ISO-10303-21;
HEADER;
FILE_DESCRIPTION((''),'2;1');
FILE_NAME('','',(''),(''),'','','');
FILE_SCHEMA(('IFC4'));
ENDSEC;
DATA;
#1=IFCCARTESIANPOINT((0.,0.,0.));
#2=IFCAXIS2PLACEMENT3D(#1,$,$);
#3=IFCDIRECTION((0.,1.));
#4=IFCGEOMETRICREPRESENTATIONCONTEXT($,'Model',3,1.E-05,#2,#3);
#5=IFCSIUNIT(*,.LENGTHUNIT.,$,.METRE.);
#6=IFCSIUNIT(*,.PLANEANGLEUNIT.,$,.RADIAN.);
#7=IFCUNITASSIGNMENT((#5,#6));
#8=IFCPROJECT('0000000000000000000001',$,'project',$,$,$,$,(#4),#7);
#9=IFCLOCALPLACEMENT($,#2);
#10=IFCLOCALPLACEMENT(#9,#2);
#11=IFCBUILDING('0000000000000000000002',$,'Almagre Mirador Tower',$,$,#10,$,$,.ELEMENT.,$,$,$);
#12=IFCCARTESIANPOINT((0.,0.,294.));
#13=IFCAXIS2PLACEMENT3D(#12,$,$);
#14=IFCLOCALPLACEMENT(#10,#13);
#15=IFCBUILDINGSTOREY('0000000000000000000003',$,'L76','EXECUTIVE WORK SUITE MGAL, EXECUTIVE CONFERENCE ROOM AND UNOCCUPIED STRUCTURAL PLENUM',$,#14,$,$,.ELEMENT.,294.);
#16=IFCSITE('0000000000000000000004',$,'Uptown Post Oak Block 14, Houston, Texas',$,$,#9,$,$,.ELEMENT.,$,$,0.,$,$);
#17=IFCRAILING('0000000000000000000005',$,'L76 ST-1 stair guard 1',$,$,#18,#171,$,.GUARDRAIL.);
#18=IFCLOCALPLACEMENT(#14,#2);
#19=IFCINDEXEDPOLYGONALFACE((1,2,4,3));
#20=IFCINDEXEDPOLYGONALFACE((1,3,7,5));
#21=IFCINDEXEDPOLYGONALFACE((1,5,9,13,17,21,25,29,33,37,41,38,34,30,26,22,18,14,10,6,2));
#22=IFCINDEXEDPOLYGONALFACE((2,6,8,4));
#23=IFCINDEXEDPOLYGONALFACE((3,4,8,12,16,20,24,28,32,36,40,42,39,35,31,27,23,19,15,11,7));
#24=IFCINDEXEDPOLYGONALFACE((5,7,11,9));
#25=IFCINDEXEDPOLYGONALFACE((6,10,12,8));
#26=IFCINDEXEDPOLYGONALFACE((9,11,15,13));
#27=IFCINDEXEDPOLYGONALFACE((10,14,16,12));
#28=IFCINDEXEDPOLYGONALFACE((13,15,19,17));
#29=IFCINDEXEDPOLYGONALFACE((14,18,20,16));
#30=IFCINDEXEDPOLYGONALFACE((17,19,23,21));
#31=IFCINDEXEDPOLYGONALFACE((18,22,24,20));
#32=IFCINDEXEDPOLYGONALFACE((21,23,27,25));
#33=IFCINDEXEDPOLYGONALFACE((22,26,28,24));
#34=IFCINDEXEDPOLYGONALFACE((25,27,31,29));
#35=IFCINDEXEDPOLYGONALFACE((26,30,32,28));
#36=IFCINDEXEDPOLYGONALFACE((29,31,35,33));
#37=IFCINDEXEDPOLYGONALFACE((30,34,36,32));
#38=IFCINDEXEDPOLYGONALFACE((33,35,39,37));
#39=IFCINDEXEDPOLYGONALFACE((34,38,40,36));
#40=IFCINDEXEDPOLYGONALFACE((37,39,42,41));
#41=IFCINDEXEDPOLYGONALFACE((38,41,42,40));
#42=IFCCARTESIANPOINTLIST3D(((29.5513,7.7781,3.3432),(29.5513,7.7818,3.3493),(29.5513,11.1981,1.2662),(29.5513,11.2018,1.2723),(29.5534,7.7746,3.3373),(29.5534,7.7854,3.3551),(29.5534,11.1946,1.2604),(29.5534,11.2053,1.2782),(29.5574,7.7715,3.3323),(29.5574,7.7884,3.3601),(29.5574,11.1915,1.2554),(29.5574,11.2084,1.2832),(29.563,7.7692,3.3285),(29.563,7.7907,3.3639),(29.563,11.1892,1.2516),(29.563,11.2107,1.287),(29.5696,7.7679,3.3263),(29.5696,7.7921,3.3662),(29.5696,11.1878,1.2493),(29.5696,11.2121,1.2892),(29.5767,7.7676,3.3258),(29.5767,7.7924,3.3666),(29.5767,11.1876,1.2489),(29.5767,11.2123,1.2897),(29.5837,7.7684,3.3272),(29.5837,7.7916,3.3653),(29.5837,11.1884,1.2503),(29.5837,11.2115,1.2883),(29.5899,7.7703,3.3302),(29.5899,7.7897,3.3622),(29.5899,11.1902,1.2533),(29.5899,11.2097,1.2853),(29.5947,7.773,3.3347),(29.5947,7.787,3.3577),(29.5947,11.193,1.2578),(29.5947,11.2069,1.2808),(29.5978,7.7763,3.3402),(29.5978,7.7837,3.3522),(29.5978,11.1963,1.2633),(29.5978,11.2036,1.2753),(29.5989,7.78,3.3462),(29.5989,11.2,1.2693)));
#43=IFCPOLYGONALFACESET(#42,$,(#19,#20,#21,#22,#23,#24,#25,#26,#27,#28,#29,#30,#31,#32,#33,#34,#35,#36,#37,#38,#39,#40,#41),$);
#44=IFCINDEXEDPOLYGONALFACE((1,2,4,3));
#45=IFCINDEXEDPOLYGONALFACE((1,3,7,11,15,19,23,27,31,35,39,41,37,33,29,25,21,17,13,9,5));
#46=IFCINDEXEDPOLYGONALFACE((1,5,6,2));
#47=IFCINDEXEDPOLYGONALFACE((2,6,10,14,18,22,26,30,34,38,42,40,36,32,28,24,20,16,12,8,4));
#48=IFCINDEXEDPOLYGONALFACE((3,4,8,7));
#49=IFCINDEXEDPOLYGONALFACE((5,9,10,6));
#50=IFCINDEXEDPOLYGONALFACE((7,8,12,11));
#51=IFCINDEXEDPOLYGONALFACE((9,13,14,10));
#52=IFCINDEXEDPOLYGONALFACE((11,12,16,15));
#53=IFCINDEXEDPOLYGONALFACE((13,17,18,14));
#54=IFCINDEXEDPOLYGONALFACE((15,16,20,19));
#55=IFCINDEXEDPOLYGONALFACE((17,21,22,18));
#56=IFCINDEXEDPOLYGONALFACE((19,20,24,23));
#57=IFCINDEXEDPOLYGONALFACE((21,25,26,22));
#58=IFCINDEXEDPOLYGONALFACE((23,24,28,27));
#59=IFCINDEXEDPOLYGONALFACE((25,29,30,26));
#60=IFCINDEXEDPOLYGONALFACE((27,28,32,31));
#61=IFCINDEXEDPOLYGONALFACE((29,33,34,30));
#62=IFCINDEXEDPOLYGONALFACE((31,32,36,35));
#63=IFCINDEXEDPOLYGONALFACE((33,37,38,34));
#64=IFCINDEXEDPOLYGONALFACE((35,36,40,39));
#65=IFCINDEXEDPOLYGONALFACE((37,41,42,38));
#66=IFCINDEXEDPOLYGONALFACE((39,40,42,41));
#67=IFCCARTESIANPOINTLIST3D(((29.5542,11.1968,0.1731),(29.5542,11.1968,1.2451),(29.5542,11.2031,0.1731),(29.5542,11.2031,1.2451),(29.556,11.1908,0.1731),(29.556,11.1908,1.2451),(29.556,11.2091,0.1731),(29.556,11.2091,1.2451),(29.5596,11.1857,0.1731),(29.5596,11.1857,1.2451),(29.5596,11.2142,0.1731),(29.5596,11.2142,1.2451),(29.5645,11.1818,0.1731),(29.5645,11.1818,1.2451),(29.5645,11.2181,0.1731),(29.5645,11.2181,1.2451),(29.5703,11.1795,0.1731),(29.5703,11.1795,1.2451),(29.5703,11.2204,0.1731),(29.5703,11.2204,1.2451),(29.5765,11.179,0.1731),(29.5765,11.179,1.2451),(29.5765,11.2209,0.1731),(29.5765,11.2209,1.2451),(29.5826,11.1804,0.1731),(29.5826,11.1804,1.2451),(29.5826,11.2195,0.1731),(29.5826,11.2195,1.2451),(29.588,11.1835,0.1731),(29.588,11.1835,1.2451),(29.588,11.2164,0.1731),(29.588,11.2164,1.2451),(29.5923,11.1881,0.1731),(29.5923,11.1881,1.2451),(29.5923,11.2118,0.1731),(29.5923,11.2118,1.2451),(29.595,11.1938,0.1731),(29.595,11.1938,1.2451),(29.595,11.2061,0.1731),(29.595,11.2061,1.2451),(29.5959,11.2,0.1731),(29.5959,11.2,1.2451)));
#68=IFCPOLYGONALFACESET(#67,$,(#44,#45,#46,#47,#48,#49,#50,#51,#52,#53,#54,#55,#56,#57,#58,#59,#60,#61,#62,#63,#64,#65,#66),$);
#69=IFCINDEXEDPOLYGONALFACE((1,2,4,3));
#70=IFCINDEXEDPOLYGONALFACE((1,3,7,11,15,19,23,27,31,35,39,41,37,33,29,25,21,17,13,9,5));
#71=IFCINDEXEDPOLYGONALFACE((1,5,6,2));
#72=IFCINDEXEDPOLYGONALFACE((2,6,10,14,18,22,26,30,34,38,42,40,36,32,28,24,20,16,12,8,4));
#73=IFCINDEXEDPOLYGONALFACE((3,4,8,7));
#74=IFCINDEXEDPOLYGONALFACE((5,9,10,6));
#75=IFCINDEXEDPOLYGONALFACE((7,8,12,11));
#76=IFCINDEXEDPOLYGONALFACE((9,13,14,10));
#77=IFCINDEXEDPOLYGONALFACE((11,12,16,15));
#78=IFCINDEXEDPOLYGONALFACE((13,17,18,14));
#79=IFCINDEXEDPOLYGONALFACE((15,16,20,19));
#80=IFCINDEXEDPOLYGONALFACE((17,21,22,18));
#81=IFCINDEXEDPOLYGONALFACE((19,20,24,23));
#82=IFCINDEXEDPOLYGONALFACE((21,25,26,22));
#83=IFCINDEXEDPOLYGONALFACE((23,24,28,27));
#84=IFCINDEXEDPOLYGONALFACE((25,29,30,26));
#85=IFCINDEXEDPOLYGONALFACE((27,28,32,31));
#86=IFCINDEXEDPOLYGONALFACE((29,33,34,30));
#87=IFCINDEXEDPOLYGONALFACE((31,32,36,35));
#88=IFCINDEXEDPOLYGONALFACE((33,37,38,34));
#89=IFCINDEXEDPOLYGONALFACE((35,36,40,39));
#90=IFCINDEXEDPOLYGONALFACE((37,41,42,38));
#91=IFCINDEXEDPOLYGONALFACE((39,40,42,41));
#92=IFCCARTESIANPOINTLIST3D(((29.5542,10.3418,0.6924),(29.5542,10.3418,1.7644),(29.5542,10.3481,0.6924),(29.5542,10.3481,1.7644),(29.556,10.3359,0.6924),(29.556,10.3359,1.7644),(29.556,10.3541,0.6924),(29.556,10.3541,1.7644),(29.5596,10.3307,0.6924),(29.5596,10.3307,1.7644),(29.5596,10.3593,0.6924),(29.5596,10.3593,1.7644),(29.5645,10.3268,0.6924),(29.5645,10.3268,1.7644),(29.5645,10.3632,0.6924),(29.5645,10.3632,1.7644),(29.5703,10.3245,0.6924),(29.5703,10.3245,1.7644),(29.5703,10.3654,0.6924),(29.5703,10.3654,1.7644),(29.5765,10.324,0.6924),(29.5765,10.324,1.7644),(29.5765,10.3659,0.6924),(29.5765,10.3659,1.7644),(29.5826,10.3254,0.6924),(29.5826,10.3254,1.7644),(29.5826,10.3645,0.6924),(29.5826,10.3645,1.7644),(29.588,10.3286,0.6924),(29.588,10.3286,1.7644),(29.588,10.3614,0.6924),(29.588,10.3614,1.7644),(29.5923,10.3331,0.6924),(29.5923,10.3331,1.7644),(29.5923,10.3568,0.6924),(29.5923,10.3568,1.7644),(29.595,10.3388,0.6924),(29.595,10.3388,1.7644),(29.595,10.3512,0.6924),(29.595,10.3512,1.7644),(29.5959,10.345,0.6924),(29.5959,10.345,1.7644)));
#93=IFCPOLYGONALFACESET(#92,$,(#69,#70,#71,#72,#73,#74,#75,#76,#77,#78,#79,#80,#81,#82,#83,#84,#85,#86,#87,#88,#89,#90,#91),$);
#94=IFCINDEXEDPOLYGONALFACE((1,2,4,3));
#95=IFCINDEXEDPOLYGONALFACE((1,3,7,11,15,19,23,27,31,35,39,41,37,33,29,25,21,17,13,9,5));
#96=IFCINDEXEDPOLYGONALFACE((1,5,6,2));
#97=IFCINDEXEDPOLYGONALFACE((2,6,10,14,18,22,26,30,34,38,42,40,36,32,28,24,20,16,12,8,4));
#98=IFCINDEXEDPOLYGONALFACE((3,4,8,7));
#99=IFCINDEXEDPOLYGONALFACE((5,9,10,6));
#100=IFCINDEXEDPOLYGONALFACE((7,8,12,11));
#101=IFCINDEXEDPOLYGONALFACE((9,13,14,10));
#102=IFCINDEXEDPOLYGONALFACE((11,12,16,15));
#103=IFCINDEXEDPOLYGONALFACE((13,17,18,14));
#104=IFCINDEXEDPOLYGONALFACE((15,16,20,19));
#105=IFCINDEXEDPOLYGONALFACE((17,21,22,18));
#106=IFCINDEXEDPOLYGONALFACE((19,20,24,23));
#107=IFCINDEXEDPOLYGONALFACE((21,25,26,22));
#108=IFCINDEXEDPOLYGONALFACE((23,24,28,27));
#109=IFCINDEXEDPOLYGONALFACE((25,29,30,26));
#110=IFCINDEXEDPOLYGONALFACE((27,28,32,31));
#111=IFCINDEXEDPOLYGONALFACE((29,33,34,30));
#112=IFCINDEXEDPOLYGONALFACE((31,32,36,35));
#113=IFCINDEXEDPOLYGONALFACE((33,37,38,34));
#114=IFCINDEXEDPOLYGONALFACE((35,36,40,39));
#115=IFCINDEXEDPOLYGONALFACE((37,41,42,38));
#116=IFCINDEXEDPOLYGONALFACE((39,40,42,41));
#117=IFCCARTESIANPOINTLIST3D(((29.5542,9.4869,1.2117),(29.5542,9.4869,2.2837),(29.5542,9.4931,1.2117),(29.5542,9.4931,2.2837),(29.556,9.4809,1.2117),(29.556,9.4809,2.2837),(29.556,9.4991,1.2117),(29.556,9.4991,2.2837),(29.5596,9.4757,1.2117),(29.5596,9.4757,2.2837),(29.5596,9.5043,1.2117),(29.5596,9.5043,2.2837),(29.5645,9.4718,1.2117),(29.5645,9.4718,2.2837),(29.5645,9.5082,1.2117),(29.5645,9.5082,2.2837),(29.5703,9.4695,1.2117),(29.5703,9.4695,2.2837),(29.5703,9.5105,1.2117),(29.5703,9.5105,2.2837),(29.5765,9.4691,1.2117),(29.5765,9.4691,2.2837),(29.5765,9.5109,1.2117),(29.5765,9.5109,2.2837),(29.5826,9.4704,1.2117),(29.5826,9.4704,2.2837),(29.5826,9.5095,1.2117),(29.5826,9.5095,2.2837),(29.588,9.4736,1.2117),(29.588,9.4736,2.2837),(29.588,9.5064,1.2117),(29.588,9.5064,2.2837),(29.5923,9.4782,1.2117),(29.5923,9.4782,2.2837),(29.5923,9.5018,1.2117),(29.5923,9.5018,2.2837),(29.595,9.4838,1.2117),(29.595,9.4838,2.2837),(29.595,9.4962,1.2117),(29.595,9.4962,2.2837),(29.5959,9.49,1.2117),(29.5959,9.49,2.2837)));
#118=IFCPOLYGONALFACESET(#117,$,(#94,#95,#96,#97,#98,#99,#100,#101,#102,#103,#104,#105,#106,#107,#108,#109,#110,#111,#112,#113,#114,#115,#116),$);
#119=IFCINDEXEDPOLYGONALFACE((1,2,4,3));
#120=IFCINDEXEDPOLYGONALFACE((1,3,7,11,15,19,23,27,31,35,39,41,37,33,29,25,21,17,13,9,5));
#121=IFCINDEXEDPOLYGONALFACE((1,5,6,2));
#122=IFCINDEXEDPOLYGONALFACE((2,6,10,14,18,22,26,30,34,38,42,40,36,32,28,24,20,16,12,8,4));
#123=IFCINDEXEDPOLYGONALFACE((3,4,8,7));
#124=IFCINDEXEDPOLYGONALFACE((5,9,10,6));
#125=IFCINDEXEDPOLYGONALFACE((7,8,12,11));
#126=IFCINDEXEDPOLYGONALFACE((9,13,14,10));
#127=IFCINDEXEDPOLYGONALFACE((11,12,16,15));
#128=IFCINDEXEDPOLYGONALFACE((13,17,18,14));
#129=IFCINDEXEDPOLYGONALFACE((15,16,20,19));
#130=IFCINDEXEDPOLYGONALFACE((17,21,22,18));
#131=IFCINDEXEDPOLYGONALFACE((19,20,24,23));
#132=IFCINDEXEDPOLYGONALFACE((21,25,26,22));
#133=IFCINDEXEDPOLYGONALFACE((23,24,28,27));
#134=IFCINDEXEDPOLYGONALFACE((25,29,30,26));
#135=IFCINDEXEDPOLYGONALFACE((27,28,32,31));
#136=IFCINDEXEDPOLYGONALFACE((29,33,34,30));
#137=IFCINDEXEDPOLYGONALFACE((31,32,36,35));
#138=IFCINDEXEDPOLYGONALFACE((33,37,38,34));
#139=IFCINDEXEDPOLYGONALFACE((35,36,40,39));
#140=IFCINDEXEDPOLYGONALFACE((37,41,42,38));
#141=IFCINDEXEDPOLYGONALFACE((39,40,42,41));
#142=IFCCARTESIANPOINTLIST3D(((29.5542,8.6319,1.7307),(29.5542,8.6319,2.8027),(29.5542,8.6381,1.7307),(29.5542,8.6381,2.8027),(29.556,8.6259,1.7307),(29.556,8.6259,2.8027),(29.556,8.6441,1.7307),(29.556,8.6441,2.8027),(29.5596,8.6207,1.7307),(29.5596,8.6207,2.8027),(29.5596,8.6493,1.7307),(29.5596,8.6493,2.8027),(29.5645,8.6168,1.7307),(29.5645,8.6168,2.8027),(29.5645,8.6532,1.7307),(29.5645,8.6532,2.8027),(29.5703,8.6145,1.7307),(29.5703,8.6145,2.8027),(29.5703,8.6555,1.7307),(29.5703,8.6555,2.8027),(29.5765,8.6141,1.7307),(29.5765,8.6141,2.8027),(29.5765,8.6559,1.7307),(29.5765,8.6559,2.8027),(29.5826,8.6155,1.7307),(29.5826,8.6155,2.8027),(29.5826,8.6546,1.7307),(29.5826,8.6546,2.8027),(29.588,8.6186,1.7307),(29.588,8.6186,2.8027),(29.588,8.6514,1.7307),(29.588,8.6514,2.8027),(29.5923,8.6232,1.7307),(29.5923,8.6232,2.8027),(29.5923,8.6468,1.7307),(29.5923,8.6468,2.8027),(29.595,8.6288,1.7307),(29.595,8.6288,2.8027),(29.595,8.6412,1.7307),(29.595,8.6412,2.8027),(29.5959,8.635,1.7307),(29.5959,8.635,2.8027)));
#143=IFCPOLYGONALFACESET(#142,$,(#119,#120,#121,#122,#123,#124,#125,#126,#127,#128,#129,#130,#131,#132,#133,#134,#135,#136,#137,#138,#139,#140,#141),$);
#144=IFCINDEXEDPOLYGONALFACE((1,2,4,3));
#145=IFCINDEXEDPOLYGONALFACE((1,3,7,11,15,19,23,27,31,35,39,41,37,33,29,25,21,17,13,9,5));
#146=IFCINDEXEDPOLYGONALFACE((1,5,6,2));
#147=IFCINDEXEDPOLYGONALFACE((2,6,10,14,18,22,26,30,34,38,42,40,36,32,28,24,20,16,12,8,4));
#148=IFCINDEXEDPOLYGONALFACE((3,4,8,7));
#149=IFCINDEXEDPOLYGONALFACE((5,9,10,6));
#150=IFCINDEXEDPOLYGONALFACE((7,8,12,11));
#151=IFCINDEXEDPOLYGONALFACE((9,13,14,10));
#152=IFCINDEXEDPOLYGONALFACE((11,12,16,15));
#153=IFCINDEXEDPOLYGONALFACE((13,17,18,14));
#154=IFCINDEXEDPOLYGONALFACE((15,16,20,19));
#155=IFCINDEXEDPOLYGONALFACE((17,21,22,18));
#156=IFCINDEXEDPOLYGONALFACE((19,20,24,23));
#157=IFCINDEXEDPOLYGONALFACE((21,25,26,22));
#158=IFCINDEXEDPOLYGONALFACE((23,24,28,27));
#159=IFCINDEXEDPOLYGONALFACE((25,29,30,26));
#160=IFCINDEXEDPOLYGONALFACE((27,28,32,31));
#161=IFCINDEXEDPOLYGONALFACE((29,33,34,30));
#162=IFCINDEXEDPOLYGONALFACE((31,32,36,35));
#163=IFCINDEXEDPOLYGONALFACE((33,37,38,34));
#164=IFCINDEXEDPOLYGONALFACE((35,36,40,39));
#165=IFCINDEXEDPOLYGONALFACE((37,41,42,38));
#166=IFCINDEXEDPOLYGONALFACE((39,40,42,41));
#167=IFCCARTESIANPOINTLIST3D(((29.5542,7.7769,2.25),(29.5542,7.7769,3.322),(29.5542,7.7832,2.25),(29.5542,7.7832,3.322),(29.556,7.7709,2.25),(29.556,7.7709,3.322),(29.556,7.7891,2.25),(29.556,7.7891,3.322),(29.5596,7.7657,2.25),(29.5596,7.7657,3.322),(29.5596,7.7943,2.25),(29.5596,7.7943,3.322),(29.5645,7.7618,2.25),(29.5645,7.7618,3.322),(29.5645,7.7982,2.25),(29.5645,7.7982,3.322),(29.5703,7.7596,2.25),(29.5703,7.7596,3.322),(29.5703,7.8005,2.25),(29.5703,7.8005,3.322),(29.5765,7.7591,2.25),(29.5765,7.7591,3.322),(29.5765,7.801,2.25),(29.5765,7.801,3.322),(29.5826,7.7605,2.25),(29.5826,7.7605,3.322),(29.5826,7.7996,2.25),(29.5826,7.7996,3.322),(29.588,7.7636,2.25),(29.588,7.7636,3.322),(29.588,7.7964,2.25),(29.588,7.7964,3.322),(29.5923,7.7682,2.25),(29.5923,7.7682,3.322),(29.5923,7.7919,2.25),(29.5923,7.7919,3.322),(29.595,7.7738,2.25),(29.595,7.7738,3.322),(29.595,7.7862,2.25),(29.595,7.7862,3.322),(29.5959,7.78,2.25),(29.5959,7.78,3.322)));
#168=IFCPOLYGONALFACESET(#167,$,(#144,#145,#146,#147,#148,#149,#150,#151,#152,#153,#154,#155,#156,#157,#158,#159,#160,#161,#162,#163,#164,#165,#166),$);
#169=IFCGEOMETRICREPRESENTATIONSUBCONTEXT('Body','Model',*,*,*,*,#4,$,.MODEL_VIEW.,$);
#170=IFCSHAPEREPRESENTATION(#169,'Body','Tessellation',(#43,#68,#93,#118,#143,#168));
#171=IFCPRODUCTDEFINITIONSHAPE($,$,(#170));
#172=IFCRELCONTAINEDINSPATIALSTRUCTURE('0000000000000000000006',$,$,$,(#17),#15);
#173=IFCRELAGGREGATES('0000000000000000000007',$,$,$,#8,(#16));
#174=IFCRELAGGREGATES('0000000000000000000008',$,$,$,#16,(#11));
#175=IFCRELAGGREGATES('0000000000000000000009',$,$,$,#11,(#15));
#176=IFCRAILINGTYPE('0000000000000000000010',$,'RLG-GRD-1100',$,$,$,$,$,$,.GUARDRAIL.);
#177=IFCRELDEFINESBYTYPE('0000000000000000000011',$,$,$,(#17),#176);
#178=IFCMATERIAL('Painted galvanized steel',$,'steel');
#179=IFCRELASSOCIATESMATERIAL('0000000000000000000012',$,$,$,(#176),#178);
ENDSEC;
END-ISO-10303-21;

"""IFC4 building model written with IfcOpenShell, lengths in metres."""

from ifc_helpers import new_model, si_unit, direction, frame, origin, origin_2d, place, context, subcontext, project, spatial, circle, extrude, material, type_object, element, save


model = new_model("IFC4")

# Units and contexts
model_context = context("Model", 3, precision=1e-05, world=origin(), true_north=direction((0.0, 1.0)))
body_context = subcontext(model_context, "Body", "Model", "MODEL_VIEW")
ifc_project = project(units=[si_unit("LENGTHUNIT", "METRE"), si_unit("PLANEANGLEUNIT", "RADIAN")], contexts=[model_context])

# Site, building, storey
site_placement = place(None, origin())
site = spatial("IfcSite", under=ifc_project, at=site_placement, Name="Uptown Post Oak Block 14, Houston, Texas", CompositionType="ELEMENT", RefElevation=0.0)
building_placement = place(site_placement, origin())
building = spatial("IfcBuilding", under=site, at=building_placement, Name="Almagre Mirador Tower", CompositionType="ELEMENT")
storey_placement = place(building_placement, frame((0.0, 0.0, 294.0)))
storey = spatial("IfcBuildingStorey", under=building, at=storey_placement, Name="L76", Description="EXECUTIVE WORK SUITE MGAL, EXECUTIVE CONFERENCE ROOM AND UNOCCUPIED STRUCTURAL PLENUM", CompositionType="ELEMENT", Elevation=294.0)

# Railing
ifc_material_1 = material(Name="Painted galvanized steel", Category="steel")
railing_type_1 = type_object("IfcRailingType", Name="RLG-GRD-1100", PredefinedType="GUARDRAIL", material=ifc_material_1)
railing_1_placement = place(storey_placement, frame((29.575, 11.2, 0.1731)))
element("IfcRailing", 1, at=railing_1_placement, inside=storey, type_object=railing_type_1, Name="L76 ST-1 stair guard 1", PredefinedType="GUARDRAIL", context=body_context, shape_type="SweptSolid", body=[
    extrude(circle(Radius=0.0239, at=origin_2d()), frame((0.0, 0.0, 1.0962), z_axis=(0.0, -0.85473, 0.519074), x_axis=(1.0, 0.0, 0.0)), (0.0, 0.0, 1.0), 4.0012),
    extrude(circle(Radius=0.021, at=origin_2d()), origin(), (0.0, 0.0, 1.0), 1.072),
    extrude(circle(Radius=0.021, at=origin_2d()), frame((0.0, -0.855, 0.5193)), (0.0, 0.0, 1.0), 1.072),
    extrude(circle(Radius=0.021, at=origin_2d()), frame((0.0, -1.71, 1.0386)), (0.0, 0.0, 1.0), 1.072),
    extrude(circle(Radius=0.021, at=origin_2d()), frame((0.0, -2.5649, 1.5576)), (0.0, 0.0, 1.0), 1.072),
    extrude(circle(Radius=0.021, at=origin_2d()), frame((0.0, -3.4199, 2.0769)), (0.0, 0.0, 1.0), 1.072),
])

save(model, "model.ifc")
